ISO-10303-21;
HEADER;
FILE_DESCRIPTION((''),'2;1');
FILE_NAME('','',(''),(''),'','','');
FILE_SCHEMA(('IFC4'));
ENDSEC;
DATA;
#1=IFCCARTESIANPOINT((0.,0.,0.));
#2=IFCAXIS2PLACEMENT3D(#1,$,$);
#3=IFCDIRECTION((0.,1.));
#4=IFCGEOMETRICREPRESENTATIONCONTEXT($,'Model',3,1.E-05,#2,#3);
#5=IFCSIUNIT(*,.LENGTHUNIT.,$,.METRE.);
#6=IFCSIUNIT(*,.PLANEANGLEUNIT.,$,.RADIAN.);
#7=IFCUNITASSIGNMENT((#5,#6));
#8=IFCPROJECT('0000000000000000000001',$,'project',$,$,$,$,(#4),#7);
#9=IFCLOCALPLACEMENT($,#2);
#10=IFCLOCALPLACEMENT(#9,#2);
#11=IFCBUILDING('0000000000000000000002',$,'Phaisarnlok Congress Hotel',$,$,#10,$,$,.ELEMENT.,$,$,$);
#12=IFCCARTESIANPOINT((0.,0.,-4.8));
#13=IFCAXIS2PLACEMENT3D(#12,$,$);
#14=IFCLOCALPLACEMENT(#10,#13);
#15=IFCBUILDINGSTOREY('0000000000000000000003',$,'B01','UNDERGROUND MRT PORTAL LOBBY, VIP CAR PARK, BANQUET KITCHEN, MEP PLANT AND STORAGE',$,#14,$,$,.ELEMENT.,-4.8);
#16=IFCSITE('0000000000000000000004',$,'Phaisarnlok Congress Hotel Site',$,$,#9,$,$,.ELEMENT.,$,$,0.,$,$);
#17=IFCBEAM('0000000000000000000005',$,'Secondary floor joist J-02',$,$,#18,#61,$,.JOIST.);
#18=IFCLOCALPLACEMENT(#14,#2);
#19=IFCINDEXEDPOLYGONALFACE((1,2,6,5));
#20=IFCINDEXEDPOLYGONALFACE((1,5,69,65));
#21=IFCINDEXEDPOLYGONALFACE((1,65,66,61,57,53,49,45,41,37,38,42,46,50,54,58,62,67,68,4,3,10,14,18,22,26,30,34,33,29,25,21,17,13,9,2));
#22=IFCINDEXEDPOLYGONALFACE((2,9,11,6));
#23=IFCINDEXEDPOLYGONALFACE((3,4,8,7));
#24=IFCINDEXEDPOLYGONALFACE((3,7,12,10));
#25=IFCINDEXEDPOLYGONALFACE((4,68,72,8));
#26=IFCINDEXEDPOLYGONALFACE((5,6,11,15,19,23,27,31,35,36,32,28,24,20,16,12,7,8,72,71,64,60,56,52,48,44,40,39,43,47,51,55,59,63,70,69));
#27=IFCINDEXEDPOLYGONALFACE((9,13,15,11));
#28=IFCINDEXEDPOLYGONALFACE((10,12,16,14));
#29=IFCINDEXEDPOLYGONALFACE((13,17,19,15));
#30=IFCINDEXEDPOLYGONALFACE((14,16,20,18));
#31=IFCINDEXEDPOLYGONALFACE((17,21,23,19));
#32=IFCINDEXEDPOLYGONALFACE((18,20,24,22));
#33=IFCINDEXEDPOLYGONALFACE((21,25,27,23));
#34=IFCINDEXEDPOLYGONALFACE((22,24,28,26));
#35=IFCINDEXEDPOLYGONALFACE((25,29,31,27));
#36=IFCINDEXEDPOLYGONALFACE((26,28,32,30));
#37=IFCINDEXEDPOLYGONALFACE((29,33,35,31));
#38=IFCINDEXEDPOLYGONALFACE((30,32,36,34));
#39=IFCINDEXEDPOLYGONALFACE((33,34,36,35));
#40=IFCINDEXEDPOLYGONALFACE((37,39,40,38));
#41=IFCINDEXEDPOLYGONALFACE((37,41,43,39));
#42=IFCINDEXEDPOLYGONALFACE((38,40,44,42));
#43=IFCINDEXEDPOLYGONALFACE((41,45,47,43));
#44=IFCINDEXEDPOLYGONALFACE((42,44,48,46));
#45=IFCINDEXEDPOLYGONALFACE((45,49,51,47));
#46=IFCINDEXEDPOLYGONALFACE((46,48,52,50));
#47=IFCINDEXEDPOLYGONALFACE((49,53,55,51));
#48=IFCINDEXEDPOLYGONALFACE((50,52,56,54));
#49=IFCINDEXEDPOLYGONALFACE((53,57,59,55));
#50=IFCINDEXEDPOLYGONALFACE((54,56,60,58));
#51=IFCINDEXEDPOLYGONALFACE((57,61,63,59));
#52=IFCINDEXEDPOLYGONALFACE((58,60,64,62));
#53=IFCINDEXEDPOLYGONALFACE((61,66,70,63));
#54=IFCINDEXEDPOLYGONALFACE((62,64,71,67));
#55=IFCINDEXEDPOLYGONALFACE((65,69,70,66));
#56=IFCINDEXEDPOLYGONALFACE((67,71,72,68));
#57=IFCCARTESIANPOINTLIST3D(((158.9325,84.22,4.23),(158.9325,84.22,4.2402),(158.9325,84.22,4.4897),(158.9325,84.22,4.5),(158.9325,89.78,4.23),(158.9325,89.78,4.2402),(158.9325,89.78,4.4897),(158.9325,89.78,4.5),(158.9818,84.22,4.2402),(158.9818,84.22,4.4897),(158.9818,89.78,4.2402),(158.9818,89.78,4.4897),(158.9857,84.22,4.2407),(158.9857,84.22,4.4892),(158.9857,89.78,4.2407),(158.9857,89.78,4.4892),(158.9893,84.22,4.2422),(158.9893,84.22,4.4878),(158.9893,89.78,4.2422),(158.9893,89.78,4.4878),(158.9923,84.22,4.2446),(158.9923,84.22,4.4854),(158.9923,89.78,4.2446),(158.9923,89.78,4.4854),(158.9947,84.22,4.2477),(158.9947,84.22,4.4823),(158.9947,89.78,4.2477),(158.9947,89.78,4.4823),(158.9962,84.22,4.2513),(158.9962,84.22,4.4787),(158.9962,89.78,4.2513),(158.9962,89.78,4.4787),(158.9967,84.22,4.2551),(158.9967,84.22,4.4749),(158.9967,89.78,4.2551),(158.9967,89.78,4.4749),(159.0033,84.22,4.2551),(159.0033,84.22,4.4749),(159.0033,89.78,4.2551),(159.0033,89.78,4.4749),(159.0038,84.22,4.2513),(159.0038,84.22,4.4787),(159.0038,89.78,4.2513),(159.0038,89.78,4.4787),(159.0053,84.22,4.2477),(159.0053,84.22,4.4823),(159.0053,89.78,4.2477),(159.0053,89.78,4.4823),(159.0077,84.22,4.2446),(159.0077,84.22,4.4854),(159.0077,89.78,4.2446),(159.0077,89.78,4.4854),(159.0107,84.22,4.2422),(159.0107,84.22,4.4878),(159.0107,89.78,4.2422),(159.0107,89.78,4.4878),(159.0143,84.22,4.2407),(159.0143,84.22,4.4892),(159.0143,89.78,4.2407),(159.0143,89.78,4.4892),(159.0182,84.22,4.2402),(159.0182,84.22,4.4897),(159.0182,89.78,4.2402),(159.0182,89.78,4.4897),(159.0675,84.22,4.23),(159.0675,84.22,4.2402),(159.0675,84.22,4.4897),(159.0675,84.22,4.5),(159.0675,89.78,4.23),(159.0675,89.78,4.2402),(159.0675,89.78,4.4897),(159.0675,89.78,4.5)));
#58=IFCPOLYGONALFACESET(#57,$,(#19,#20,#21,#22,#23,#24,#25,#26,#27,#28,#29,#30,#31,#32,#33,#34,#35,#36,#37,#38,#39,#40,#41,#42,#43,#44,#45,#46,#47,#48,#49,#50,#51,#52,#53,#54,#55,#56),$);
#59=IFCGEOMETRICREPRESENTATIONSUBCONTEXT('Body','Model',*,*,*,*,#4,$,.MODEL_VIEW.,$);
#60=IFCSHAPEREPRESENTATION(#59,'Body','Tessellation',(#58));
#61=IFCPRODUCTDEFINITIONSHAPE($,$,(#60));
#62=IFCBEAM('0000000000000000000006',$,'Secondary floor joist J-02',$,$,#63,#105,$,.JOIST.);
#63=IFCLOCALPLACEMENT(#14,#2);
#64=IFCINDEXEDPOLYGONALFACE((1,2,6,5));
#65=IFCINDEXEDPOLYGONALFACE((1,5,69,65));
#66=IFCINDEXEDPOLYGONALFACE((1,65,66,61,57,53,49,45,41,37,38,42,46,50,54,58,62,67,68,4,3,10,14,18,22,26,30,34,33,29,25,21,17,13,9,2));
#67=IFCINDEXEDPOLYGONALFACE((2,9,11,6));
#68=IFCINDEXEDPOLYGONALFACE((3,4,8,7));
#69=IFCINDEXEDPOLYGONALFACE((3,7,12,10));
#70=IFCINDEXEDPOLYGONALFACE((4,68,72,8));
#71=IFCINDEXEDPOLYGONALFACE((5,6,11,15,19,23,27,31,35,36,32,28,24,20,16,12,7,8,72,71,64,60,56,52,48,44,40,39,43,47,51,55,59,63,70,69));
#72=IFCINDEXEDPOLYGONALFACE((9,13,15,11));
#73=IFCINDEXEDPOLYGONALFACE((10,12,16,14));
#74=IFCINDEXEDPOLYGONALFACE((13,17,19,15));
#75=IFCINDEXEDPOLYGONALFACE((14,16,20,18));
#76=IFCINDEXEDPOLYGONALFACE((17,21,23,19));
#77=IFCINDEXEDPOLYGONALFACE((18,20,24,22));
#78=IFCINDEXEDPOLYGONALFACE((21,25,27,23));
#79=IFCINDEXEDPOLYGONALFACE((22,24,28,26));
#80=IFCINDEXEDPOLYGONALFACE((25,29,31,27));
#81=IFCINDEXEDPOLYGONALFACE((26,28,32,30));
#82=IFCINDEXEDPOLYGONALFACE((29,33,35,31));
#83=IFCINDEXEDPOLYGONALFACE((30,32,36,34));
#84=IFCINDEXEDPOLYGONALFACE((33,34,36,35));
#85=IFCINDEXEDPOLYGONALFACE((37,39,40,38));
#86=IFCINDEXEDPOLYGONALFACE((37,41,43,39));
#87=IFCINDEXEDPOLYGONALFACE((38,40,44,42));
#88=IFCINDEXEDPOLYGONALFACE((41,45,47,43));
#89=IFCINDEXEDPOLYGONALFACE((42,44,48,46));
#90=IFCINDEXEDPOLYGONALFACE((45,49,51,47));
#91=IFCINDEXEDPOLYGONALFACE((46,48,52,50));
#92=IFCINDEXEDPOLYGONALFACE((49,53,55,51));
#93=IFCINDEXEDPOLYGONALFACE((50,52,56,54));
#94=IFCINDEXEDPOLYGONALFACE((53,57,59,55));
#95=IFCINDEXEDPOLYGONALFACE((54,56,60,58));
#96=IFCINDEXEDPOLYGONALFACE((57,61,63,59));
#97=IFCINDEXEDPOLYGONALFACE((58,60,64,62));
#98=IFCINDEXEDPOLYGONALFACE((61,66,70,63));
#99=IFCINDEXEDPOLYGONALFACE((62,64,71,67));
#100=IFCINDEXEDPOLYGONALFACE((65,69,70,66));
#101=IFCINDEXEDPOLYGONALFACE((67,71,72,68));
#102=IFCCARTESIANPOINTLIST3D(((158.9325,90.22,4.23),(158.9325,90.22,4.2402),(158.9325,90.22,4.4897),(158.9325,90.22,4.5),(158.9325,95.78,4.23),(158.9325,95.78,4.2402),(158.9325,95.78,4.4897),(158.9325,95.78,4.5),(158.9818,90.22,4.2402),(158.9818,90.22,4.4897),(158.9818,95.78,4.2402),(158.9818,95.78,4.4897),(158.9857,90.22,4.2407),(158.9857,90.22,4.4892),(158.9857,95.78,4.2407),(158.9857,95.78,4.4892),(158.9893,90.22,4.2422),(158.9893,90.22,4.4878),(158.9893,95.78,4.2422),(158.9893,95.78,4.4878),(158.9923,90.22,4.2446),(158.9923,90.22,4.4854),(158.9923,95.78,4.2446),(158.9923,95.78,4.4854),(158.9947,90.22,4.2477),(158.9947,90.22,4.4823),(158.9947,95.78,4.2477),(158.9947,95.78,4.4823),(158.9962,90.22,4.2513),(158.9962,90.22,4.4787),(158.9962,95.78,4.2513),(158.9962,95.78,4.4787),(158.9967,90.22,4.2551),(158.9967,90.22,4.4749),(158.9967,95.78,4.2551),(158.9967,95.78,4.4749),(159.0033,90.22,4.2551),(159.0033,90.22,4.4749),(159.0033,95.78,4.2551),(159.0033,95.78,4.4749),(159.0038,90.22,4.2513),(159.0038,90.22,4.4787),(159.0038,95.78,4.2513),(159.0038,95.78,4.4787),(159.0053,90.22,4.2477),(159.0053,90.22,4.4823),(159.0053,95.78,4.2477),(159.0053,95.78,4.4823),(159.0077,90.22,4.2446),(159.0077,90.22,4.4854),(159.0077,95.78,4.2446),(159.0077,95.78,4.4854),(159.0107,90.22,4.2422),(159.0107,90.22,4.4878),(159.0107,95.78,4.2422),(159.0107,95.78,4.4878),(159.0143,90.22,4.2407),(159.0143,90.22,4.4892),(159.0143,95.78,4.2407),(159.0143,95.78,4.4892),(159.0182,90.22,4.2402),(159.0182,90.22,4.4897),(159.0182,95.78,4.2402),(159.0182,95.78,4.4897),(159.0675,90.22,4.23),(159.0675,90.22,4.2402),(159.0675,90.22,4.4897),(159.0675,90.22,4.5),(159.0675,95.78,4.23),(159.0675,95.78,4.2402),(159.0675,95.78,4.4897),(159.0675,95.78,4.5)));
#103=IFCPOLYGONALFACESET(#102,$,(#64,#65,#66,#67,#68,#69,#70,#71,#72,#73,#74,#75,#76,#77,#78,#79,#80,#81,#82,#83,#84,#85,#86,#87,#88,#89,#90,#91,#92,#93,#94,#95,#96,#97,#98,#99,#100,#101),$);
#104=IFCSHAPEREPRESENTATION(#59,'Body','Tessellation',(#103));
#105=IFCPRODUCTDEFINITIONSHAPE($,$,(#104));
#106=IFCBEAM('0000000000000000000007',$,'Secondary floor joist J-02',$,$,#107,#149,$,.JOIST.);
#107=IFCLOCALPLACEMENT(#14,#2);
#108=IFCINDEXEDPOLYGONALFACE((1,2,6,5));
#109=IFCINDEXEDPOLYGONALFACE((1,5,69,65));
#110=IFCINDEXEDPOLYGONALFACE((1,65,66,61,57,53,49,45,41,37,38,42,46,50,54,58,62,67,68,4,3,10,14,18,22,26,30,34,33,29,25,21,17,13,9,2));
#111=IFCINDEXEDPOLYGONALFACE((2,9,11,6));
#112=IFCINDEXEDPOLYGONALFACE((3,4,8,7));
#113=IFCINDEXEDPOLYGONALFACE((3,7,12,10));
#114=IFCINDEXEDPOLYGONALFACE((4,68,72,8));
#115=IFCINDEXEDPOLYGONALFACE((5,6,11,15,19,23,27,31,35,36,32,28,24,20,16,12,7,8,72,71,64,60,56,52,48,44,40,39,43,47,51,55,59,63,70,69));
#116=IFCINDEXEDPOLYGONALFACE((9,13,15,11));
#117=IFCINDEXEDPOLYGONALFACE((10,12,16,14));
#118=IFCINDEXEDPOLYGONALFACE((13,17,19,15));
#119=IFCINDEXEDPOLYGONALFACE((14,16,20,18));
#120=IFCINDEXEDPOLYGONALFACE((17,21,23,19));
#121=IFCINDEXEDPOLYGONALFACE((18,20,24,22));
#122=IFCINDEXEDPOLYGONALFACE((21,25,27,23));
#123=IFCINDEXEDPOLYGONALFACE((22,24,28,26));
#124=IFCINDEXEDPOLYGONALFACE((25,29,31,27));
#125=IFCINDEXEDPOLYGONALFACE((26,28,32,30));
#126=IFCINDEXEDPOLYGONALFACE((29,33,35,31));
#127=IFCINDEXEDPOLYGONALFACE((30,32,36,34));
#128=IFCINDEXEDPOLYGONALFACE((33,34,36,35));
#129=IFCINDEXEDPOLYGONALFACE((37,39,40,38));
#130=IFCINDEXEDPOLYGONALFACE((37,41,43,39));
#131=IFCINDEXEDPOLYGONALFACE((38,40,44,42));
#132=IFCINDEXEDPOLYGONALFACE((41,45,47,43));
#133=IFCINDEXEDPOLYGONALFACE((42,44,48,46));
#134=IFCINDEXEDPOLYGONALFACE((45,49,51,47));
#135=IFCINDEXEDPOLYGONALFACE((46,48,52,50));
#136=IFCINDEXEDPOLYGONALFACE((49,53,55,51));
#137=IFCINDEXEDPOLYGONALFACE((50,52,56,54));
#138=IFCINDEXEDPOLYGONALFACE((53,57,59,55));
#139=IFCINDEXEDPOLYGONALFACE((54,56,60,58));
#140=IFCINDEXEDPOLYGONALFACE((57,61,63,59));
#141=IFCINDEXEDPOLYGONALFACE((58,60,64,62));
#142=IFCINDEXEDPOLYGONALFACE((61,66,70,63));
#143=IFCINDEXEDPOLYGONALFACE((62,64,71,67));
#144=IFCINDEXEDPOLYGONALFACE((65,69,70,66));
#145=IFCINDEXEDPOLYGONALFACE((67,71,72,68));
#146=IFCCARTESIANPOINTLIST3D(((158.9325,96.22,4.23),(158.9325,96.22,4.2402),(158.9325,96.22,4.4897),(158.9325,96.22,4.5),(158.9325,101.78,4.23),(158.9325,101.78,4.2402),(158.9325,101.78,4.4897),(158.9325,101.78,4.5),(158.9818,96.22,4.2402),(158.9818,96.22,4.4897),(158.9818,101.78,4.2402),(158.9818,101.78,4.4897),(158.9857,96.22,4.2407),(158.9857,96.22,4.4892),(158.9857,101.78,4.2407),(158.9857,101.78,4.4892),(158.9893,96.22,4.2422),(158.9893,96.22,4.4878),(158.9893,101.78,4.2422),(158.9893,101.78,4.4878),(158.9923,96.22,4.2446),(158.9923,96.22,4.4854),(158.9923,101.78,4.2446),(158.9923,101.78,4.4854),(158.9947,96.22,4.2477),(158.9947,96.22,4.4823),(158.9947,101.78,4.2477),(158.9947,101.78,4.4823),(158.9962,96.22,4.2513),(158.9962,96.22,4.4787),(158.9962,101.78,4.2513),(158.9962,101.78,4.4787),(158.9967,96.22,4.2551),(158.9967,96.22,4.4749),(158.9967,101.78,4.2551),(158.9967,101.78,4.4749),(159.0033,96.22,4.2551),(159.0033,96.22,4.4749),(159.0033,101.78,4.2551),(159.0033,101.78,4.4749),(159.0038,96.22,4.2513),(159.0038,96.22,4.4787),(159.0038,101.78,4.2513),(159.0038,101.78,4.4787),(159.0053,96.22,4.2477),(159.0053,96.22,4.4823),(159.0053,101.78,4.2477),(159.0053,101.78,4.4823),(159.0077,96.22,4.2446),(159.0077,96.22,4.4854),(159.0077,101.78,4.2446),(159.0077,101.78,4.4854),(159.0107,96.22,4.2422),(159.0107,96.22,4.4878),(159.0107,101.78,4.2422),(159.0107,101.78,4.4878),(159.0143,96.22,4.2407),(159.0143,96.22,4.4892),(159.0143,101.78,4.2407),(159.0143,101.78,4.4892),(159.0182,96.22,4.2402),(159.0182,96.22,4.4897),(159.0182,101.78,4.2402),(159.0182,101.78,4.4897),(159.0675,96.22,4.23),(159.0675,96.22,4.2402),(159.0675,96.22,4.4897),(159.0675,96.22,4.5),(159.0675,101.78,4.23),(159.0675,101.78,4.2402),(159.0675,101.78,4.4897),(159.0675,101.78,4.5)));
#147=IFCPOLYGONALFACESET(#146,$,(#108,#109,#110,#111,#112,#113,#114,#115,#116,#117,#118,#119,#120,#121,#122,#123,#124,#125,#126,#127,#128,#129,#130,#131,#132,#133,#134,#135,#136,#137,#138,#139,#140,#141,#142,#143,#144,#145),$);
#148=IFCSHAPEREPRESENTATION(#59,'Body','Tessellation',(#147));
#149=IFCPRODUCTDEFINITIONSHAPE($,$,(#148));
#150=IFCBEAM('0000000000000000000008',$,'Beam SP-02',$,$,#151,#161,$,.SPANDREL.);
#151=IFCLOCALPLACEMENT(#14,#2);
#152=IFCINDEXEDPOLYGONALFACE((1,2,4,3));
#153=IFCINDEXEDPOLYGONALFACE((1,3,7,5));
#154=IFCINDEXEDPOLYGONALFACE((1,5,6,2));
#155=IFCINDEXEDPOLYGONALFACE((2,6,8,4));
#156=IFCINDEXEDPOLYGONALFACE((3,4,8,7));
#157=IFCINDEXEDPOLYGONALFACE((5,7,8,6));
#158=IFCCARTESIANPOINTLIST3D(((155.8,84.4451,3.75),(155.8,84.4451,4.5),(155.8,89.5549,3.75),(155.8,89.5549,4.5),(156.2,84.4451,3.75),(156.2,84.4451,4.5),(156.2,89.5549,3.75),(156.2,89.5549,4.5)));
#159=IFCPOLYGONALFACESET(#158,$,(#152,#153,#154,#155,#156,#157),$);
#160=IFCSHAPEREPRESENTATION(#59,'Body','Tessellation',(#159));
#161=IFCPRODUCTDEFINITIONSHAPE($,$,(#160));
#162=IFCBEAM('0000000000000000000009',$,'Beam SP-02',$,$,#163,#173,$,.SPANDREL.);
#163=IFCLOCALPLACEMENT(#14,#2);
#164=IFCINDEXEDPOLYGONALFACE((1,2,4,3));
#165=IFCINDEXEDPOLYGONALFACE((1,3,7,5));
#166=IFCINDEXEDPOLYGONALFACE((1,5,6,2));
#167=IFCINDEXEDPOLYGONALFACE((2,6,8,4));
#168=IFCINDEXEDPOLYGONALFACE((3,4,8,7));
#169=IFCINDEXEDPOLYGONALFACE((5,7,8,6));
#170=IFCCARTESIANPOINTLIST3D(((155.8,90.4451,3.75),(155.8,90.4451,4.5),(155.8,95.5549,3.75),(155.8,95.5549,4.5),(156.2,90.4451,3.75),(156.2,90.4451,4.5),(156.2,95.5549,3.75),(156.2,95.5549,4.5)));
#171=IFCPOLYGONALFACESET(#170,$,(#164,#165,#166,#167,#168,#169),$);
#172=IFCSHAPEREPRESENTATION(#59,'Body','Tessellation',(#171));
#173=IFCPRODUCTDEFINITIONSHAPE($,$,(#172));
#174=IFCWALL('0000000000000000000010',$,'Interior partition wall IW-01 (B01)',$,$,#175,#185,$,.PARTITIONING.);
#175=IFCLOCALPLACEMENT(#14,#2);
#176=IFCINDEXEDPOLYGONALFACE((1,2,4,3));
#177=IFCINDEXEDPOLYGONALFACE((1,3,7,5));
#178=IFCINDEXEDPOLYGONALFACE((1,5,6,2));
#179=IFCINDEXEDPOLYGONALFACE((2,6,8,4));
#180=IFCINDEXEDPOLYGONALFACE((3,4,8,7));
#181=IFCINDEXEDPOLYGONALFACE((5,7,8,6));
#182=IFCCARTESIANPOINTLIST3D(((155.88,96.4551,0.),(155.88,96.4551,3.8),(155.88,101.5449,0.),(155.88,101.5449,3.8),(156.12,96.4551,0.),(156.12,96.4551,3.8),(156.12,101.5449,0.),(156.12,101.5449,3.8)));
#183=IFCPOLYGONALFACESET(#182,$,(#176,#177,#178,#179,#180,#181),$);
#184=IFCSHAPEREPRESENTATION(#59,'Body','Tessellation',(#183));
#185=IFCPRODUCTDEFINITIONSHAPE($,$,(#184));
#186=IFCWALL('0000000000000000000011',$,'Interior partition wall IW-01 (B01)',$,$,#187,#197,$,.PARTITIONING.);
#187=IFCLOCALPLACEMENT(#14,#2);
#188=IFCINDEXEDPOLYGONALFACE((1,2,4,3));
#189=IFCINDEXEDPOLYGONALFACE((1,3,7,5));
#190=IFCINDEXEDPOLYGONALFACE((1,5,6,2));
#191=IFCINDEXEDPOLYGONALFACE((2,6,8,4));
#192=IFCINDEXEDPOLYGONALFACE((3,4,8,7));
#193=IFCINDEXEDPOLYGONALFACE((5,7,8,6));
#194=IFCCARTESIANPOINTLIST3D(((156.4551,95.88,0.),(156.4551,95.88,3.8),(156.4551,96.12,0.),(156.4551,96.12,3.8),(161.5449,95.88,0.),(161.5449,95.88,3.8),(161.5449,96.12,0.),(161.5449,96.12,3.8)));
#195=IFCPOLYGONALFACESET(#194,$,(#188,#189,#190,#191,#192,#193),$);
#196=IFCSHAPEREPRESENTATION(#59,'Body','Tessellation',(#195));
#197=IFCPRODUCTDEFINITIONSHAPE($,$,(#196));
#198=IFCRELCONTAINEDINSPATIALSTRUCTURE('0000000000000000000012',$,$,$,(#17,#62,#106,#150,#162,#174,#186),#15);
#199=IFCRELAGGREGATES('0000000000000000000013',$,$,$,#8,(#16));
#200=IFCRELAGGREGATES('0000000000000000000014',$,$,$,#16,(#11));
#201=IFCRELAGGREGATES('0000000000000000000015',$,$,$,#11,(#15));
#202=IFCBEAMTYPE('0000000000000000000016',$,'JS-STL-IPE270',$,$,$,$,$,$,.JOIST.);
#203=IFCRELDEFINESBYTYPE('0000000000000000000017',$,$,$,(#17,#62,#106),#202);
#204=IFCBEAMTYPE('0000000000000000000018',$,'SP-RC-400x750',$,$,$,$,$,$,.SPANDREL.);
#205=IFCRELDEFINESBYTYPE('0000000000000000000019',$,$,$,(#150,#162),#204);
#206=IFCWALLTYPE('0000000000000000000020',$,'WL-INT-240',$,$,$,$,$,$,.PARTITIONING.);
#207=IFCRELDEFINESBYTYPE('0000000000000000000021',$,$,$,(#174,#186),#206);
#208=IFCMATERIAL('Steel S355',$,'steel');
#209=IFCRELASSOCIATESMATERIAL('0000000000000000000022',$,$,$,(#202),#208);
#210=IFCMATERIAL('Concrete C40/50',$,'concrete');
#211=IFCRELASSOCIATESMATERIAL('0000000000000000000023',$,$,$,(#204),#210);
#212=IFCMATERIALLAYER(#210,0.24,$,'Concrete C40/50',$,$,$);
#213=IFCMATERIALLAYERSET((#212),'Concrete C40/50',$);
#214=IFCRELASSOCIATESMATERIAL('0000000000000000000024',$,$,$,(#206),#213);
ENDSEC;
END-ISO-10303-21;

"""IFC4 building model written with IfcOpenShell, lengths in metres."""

from ifc_helpers import new_model, si_unit, direction, frame, frame_2d, origin, origin_2d, place, context, subcontext, project, spatial, rectangle, i_section, extrude, material, layer, layer_set, material_profile, profile_set, type_object, element, save


model = new_model("IFC4")

# Units and contexts
model_context = context("Model", 3, precision=1e-05, world=origin(), true_north=direction((0.0, 1.0)))
body_context = subcontext(model_context, "Body", "Model", "MODEL_VIEW")
ifc_project = project(units=[si_unit("LENGTHUNIT", "METRE"), si_unit("PLANEANGLEUNIT", "RADIAN")], contexts=[model_context])

# Site, building, storey
site_placement = place(None, origin())
site = spatial("IfcSite", under=ifc_project, at=site_placement, Name="Phaisarnlok Congress Hotel Site", CompositionType="ELEMENT", RefElevation=0.0)
building_placement = place(site_placement, origin())
building = spatial("IfcBuilding", under=site, at=building_placement, Name="Phaisarnlok Congress Hotel", CompositionType="ELEMENT")
storey_placement = place(building_placement, frame((0.0, 0.0, -4.8)))
storey = spatial("IfcBuildingStorey", under=building, at=storey_placement, Name="B01", Description="UNDERGROUND MRT PORTAL LOBBY, VIP CAR PARK, BANQUET KITCHEN, MEP PLANT AND STORAGE", CompositionType="ELEMENT", Elevation=-4.8)

# Shared definitions
ifc_material_1 = material(Name="Concrete C40/50", Category="concrete")

# Beams
ifc_material_2 = material(Name="Steel S355", Category="steel")
ifc_material_profile_1 = material_profile(ifc_material_2, i_section(OverallWidth=0.135, OverallDepth=0.27, WebThickness=0.0066, FlangeThickness=0.0103, FilletRadius=0.0149, at=origin_2d()), Name="IPE 270")
ifc_profile_set_1 = profile_set([ifc_material_profile_1], Name="Steel S355")
beam_type_1 = type_object("IfcBeamType", Name="JS-STL-IPE270", PredefinedType="JOIST", material=ifc_profile_set_1)
for number, where, z_axis, x_axis, name in (
    (1, (159.0, 84.22, 4.365), (0.0, 1.0, 0.0), (-1.0, 0.0, 0.0), "Secondary floor joist J-02"),
    (2, (159.0, 90.22, 4.365), (0.0, 1.0, 0.0), (-1.0, 0.0, 0.0), "Secondary floor joist J-02"),
    (3, (159.0, 96.22, 4.365), (0.0, 1.0, 0.0), (-1.0, 0.0, 0.0), "Secondary floor joist J-02"),
):
    element("IfcBeam", number, at=place(storey_placement, frame(where, z_axis=z_axis, x_axis=x_axis)), inside=storey, type_object=beam_type_1, Name=name, PredefinedType="JOIST", context=body_context, shape_type="SweptSolid", body=[
        extrude(i_section(OverallWidth=0.135, OverallDepth=0.27, WebThickness=0.0066, FlangeThickness=0.0103, FilletRadius=0.0149, at=origin_2d()), origin(), (0.0, 0.0, 1.0), 5.5601),
    ])
ifc_material_profile_2 = material_profile(ifc_material_1, rectangle(XDim=0.3999, YDim=0.75, at=origin_2d()), Name="RC 400x750")
ifc_profile_set_2 = profile_set([ifc_material_profile_2], Name="Concrete C40/50")
beam_type_2 = type_object("IfcBeamType", Name="SP-RC-400x750", PredefinedType="SPANDREL", material=ifc_profile_set_2)
for number, where, z_axis, x_axis, name in (
    (4, (156.0, 84.4451, 4.125), (0.0, 1.0, 0.0), (-1.0, 0.0, 0.0), "Beam SP-02"),
    (5, (156.0, 90.4451, 4.125), (0.0, 1.0, 0.0), (-1.0, 0.0, 0.0), "Beam SP-02"),
):
    element("IfcBeam", number, at=place(storey_placement, frame(where, z_axis=z_axis, x_axis=x_axis)), inside=storey, type_object=beam_type_2, Name=name, PredefinedType="SPANDREL", context=body_context, shape_type="SweptSolid", body=[
        extrude(rectangle(XDim=0.3999, YDim=0.75, at=origin_2d()), origin(), (0.0, 0.0, 1.0), 5.1099),
    ])

# Walls
ifc_layer_1 = layer(ifc_material_1, 0.24, Name="Concrete C40/50")
ifc_layer_set_1 = layer_set([ifc_layer_1], Name="Concrete C40/50")
wall_type_1 = type_object("IfcWallType", Name="WL-INT-240", PredefinedType="PARTITIONING", material=ifc_layer_set_1)
for number, where, z_axis, x_axis, name in (
    (6, (156.0, 96.4551, 0.0), (0.0, 0.0, 1.0), (0.0, 1.0, 0.0), "Interior partition wall IW-01 (B01)"),
    (7, (156.4551, 96.0, 0.0), (0.0, 0.0, 1.0), (1.0, 0.0, 0.0), "Interior partition wall IW-01 (B01)"),
):
    element("IfcWall", number, at=place(storey_placement, frame(where, z_axis=z_axis, x_axis=x_axis)), inside=storey, type_object=wall_type_1, Name=name, PredefinedType="PARTITIONING", context=body_context, shape_type="SweptSolid", body=[
        extrude(rectangle(XDim=5.0898, YDim=0.24, at=frame_2d((2.5449, 0.0))), origin(), (0.0, 0.0, 1.0), 3.8),
    ])

save(model, "model.ifc")
